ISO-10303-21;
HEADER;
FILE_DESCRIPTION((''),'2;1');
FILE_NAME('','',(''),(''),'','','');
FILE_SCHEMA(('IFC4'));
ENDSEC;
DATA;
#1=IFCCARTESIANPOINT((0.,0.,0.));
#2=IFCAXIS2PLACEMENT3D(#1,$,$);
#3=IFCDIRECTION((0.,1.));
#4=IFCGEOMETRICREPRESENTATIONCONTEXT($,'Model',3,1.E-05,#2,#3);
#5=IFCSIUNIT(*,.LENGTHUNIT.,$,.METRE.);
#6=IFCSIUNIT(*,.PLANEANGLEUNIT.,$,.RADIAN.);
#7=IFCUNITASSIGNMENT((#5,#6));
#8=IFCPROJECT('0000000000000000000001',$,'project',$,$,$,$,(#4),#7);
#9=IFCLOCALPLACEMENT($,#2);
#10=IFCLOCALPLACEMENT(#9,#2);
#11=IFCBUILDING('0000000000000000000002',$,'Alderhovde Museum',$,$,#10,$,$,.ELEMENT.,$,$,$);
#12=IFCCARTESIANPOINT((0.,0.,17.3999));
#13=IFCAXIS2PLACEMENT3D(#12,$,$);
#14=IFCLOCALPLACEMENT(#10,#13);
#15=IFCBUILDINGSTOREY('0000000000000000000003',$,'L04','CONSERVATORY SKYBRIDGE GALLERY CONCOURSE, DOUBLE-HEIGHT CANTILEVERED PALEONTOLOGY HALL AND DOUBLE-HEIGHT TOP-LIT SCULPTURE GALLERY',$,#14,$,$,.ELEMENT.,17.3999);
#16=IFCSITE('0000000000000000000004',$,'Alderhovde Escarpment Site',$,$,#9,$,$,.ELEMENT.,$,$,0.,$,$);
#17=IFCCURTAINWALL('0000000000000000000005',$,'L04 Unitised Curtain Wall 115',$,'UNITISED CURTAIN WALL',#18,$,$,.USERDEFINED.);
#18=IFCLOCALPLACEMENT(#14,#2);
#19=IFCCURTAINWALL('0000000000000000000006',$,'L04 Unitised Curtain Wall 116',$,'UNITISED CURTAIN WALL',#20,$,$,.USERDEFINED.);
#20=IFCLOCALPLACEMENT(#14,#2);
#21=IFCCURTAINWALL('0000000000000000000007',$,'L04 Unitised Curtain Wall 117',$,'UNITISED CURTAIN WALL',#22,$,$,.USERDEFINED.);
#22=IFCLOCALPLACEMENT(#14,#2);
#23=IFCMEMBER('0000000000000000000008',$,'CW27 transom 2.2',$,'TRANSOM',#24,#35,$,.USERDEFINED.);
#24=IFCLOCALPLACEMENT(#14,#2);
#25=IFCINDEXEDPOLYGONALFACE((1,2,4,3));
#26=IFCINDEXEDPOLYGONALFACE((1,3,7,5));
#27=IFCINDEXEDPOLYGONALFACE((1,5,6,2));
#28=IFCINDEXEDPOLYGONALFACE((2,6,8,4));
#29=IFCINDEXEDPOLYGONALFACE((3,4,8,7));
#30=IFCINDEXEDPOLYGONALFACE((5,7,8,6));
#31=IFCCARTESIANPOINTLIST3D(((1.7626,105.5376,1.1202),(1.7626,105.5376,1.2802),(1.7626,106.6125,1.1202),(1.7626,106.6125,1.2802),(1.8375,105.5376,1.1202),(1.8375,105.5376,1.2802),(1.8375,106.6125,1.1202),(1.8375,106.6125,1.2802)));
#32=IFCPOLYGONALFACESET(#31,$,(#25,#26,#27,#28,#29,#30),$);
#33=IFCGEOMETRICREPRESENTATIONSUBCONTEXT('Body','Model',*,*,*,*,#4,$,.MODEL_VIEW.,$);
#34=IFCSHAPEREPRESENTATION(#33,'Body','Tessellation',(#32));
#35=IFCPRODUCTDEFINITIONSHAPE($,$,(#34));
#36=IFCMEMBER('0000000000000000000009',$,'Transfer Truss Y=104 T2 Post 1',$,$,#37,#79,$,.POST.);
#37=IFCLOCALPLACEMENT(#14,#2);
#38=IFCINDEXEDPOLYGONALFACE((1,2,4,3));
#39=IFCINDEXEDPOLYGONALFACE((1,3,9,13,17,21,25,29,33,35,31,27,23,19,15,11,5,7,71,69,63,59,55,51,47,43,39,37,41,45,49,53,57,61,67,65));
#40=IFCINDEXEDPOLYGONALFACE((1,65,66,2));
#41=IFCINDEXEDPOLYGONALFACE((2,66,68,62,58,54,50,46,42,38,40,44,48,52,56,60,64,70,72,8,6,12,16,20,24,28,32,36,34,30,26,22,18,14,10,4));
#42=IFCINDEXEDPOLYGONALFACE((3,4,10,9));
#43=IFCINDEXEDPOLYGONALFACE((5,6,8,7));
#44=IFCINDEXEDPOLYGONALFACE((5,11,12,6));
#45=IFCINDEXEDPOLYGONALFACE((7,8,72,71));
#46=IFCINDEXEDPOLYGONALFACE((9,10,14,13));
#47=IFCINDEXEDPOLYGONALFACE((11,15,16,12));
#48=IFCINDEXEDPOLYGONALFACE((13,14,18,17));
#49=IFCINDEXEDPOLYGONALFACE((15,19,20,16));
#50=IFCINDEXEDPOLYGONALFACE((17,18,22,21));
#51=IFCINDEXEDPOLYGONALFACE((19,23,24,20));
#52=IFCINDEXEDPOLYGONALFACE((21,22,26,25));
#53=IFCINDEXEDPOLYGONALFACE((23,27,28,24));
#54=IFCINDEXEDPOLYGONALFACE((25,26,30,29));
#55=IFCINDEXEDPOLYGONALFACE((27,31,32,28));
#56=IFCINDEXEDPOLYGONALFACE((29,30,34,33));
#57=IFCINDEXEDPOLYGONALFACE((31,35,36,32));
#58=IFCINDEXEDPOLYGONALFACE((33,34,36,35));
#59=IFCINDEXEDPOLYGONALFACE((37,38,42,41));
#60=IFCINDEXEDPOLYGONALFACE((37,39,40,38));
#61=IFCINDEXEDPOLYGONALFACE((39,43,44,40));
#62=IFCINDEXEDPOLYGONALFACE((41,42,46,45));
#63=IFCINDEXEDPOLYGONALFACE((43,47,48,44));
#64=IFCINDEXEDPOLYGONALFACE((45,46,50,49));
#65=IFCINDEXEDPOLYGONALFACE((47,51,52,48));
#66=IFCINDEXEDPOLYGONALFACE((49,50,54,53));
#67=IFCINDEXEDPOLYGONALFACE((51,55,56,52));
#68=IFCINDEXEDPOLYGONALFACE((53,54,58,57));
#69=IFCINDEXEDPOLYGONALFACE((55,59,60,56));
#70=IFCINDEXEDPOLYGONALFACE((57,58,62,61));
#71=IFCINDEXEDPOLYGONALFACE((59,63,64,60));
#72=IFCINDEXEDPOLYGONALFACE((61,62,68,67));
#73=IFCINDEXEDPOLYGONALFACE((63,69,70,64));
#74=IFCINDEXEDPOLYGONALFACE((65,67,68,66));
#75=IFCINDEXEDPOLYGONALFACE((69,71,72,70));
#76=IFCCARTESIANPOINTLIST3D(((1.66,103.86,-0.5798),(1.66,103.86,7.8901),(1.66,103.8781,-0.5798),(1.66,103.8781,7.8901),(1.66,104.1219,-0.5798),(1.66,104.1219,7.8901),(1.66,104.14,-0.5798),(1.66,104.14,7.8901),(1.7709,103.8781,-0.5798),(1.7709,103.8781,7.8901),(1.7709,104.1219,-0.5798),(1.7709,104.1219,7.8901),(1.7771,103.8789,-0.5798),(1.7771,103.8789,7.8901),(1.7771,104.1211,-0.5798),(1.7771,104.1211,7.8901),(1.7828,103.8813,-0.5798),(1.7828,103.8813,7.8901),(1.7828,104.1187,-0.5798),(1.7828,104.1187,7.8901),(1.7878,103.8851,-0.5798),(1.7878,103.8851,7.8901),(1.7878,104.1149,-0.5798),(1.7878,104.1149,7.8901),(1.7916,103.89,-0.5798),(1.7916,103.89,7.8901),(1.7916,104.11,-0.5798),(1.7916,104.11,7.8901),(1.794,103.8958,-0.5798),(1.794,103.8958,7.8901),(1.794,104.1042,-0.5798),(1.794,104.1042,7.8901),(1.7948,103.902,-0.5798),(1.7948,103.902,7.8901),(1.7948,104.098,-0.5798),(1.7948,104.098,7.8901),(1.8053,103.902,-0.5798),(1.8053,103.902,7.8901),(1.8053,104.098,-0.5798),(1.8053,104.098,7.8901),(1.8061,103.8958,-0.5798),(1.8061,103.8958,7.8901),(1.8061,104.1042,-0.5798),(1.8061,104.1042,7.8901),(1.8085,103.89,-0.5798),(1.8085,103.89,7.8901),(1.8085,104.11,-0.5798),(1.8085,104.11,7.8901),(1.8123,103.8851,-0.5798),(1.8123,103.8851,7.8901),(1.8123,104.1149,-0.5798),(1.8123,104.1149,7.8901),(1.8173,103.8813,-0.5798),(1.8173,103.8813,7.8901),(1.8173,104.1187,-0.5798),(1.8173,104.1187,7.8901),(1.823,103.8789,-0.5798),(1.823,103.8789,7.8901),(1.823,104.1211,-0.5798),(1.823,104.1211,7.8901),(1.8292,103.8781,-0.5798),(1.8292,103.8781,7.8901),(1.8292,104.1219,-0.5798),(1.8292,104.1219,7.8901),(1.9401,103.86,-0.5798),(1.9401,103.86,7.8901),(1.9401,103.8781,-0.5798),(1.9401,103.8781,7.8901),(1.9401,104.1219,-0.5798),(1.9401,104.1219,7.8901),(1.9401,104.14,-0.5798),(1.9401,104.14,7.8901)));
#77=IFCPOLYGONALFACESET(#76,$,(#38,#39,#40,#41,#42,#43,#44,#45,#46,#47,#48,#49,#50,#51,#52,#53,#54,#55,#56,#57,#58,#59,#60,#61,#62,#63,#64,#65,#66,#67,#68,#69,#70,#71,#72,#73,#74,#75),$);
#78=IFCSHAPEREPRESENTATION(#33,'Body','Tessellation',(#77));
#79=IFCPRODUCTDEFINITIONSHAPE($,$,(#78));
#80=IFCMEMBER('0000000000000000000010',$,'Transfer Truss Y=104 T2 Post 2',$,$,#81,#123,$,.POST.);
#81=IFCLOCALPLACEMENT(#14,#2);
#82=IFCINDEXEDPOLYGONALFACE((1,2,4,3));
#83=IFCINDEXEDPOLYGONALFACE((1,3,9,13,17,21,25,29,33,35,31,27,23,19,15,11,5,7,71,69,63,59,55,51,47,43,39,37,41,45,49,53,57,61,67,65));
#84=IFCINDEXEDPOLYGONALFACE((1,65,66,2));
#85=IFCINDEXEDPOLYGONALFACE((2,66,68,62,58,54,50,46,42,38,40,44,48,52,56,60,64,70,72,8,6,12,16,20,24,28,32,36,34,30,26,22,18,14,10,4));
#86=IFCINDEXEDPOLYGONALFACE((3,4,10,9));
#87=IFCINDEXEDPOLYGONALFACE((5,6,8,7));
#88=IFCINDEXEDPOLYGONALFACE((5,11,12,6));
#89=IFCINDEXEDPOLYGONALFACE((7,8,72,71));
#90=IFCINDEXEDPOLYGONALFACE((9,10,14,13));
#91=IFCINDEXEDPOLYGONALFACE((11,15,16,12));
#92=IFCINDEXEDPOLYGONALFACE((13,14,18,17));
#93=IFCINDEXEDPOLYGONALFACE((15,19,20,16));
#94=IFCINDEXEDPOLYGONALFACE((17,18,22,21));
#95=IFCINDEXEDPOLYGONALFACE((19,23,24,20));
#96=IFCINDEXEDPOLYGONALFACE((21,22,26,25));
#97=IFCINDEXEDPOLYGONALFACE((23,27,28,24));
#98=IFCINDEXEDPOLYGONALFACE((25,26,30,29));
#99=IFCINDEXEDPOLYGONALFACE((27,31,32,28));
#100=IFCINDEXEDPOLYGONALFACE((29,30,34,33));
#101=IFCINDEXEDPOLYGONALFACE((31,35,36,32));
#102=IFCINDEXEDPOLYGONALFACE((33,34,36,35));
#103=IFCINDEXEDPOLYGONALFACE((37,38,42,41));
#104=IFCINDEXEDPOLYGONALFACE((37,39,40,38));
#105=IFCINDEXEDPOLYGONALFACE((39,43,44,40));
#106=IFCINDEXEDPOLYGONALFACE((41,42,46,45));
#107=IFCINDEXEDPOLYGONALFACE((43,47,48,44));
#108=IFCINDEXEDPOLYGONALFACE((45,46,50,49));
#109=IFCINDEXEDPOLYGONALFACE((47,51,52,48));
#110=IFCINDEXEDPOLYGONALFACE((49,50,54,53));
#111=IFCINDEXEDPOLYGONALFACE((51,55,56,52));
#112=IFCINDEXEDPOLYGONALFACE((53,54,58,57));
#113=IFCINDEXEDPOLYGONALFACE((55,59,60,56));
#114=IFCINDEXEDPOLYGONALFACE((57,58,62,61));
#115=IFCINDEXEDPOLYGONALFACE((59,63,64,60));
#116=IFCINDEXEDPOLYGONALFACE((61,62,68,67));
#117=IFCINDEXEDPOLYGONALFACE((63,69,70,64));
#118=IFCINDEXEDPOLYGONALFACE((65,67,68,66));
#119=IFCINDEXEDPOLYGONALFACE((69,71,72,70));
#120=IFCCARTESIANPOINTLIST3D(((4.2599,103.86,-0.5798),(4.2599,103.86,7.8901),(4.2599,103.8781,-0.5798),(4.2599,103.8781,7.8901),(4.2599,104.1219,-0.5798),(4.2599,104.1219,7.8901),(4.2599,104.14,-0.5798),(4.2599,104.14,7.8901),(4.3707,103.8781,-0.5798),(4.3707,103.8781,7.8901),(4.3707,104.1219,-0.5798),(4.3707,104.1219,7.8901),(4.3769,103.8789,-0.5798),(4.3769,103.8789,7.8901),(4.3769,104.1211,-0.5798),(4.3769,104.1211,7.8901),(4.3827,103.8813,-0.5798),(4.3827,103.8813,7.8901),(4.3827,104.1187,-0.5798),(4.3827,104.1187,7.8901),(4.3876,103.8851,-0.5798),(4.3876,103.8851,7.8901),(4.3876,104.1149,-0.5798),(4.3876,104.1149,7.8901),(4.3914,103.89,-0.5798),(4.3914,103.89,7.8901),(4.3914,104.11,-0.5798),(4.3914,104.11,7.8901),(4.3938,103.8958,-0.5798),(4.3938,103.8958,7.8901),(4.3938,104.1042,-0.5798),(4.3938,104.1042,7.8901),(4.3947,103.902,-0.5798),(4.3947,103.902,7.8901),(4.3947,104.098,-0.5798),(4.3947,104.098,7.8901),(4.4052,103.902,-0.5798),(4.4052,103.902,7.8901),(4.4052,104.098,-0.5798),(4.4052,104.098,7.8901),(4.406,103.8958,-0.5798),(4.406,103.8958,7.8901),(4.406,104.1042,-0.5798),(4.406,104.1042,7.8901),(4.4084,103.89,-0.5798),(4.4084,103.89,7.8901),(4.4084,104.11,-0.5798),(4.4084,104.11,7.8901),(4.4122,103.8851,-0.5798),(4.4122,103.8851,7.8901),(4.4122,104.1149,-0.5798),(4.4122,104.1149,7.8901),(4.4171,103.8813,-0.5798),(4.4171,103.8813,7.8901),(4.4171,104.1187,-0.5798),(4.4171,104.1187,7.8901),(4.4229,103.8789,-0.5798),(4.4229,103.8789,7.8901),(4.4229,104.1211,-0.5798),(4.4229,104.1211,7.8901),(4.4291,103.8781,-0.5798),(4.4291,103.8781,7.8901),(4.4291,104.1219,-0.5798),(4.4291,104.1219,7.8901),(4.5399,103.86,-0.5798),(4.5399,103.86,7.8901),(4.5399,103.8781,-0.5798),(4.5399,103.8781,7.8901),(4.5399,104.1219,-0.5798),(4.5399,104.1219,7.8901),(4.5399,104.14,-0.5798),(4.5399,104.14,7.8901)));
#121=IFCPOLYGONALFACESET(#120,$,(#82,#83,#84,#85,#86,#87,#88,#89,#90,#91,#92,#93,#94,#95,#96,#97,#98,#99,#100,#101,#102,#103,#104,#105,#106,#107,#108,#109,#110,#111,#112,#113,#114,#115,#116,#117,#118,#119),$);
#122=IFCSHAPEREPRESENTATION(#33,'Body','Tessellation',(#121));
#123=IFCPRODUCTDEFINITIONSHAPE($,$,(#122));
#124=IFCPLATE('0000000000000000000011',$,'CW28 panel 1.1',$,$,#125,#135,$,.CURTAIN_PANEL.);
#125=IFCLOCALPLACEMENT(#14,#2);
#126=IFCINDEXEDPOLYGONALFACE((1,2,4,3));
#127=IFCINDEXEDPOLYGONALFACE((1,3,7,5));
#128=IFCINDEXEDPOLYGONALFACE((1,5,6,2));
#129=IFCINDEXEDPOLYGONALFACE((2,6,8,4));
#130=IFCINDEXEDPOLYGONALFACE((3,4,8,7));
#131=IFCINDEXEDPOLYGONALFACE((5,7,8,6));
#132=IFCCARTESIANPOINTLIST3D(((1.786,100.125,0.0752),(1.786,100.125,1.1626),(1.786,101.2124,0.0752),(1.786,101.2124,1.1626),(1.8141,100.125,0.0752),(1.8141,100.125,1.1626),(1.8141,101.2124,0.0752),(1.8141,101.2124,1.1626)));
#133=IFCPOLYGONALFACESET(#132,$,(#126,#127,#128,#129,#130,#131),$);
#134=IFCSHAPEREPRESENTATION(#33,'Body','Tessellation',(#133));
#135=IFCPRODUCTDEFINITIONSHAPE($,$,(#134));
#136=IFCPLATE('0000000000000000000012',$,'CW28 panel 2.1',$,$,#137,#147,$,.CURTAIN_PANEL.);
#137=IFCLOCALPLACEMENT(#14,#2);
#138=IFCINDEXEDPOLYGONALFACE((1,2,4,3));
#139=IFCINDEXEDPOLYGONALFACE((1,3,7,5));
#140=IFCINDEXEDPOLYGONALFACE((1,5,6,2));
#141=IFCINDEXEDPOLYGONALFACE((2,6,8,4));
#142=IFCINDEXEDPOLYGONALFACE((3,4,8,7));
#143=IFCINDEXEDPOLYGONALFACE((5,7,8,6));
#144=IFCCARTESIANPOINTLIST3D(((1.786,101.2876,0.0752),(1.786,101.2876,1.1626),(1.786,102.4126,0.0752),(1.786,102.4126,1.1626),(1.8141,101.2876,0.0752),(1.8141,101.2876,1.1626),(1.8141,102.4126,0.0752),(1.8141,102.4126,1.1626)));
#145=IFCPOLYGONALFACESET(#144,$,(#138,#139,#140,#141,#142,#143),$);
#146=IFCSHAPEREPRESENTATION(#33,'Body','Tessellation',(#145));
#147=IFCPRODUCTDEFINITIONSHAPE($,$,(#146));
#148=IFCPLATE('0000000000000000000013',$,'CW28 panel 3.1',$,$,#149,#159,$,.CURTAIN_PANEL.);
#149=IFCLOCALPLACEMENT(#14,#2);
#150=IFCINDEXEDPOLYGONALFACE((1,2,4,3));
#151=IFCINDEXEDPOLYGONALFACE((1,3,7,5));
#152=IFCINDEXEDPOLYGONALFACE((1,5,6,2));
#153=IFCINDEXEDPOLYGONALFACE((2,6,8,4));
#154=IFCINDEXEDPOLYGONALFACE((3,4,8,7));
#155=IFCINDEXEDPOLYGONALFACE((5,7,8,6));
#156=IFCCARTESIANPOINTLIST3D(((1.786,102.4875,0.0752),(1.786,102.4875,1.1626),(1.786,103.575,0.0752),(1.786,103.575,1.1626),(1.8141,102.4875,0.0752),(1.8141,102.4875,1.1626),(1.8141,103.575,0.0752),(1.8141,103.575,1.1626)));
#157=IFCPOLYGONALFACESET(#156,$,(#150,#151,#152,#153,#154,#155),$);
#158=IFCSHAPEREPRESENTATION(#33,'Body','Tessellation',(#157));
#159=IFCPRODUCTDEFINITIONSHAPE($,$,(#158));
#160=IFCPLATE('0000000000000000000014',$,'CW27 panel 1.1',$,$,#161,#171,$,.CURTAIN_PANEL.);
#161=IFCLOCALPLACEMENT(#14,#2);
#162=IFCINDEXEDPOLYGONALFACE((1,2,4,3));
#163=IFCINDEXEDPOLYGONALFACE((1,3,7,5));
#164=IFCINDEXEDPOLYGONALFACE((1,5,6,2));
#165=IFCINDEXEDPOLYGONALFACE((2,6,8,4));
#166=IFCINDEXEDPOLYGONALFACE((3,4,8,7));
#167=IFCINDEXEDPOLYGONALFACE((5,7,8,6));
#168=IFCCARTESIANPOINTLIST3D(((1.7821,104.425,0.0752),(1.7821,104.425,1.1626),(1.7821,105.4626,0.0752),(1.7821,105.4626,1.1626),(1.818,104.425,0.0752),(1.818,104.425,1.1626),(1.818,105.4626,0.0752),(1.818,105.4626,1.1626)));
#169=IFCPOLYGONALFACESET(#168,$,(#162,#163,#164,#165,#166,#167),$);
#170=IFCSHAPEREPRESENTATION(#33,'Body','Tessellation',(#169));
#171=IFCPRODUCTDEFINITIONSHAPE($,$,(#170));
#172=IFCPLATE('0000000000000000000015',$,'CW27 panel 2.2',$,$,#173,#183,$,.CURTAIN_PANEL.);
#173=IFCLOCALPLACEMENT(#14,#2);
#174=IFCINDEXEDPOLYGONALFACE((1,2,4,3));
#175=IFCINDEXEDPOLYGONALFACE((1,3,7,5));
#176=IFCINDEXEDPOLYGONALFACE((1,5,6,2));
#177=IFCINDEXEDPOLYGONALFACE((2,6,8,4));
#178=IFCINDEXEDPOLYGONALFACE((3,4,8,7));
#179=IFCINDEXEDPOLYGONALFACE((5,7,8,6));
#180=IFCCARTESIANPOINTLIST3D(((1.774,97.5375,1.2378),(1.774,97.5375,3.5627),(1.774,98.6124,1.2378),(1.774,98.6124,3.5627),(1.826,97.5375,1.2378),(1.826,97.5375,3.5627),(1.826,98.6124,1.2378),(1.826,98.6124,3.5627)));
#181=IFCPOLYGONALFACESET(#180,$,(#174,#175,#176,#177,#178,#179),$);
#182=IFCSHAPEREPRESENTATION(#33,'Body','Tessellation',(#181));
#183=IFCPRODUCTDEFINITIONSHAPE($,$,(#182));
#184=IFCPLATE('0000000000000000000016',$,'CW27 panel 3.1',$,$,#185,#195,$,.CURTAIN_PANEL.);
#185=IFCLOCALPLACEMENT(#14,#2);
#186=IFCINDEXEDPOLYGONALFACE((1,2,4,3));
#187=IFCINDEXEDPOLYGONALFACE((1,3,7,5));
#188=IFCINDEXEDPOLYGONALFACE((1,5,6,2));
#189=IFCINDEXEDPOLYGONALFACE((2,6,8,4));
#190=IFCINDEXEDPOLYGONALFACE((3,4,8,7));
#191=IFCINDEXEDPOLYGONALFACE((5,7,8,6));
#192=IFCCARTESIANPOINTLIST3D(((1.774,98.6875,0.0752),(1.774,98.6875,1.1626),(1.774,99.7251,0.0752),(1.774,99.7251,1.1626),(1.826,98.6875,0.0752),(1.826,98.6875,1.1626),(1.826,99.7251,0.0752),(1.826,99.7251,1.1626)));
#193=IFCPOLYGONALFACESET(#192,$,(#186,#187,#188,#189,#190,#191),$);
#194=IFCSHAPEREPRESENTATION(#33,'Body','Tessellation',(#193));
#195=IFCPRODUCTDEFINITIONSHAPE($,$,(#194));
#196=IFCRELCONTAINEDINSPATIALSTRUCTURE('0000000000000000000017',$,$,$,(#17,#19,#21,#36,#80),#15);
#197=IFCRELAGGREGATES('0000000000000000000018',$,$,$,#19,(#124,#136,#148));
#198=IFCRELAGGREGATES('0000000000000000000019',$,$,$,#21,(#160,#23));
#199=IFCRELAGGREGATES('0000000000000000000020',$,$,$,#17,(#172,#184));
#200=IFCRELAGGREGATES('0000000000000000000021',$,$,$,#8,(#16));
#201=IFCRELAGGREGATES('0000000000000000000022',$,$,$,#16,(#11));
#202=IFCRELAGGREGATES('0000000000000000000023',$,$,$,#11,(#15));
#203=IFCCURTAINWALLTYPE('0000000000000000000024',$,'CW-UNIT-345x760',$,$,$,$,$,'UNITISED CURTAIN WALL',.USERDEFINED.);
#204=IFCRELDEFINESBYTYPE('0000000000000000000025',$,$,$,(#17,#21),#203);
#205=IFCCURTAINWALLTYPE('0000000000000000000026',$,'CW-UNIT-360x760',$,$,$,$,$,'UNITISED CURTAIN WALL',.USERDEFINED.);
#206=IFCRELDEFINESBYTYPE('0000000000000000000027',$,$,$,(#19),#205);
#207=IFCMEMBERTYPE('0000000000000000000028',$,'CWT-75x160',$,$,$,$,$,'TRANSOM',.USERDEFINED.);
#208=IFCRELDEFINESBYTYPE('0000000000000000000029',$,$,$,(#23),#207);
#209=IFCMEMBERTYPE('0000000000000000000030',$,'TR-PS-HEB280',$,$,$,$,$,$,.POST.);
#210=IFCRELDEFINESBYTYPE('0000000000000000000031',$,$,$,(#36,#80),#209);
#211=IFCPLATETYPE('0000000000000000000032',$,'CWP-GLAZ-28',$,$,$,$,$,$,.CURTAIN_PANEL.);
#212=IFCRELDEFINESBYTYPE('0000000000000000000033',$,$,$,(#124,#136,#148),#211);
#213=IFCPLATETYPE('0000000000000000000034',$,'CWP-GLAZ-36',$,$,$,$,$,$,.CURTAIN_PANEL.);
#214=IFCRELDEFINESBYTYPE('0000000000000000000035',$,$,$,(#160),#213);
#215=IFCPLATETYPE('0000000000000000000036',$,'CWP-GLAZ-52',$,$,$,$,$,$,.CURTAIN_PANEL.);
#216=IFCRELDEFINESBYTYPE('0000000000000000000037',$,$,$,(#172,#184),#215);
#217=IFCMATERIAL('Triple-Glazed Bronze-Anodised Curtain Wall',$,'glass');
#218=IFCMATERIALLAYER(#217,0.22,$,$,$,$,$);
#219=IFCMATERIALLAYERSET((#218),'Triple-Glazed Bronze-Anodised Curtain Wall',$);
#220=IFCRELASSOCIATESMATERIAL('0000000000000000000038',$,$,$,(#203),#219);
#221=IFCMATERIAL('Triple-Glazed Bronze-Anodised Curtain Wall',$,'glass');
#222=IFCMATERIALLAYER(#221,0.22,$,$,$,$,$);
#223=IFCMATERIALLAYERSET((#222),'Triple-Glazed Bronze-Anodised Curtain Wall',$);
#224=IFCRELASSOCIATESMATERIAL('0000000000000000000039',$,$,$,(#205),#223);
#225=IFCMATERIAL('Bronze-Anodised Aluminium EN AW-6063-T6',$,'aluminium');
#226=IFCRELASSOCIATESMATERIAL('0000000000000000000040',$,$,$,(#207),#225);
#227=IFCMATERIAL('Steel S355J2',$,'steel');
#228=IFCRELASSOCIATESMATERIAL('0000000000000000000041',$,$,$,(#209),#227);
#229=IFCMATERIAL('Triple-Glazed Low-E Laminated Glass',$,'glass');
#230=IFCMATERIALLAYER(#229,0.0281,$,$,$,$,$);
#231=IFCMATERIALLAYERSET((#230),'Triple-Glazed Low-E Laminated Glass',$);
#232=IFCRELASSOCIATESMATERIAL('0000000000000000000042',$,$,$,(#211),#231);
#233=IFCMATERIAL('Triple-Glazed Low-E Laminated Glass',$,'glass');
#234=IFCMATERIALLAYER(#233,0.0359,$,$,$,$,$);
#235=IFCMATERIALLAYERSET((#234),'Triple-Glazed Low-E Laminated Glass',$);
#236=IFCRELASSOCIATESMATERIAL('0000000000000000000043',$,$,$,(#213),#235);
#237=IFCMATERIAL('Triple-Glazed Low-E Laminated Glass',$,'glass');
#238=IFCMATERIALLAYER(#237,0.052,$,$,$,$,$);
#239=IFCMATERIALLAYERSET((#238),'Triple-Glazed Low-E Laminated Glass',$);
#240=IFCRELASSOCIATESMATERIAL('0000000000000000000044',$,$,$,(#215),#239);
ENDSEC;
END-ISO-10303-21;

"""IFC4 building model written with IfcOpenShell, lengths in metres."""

from ifc_helpers import new_model, si_unit, direction, frame, origin, origin_2d, place, context, subcontext, project, spatial, rectangle, i_section, extrude, material, layer, layer_set, material_profile, profile_set, type_object, element, aggregate, save


model = new_model("IFC4")

# Units and contexts
model_context = context("Model", 3, precision=1e-05, world=origin(), true_north=direction((0.0, 1.0)))
body_context = subcontext(model_context, "Body", "Model", "MODEL_VIEW")
ifc_project = project(units=[si_unit("LENGTHUNIT", "METRE"), si_unit("PLANEANGLEUNIT", "RADIAN")], contexts=[model_context])

# Site, building, storey
site_placement = place(None, origin())
site = spatial("IfcSite", under=ifc_project, at=site_placement, Name="Alderhovde Escarpment Site", CompositionType="ELEMENT", RefElevation=0.0)
building_placement = place(site_placement, origin())
building = spatial("IfcBuilding", under=site, at=building_placement, Name="Alderhovde Museum", CompositionType="ELEMENT")
storey_placement = place(building_placement, frame((0.0, 0.0, 17.3999)))
storey = spatial("IfcBuildingStorey", under=building, at=storey_placement, Name="L04", Description="CONSERVATORY SKYBRIDGE GALLERY CONCOURSE, DOUBLE-HEIGHT CANTILEVERED PALEONTOLOGY HALL AND DOUBLE-HEIGHT TOP-LIT SCULPTURE GALLERY", CompositionType="ELEMENT", Elevation=17.3999)

# Curtain walls
ifc_material_1 = material(Name="Triple-Glazed Bronze-Anodised Curtain Wall", Category="glass")
ifc_layer_1 = layer(ifc_material_1, 0.22)
ifc_layer_set_1 = layer_set([ifc_layer_1], Name="Triple-Glazed Bronze-Anodised Curtain Wall")
curtain_wall_type_1 = type_object("IfcCurtainWallType", Name="CW-UNIT-345x760", ElementType="UNITISED CURTAIN WALL", PredefinedType="USERDEFINED", material=ifc_layer_set_1)
curtain_wall_1_placement = place(storey_placement, origin())
curtain_wall_1 = element("IfcCurtainWall", 1, at=curtain_wall_1_placement, inside=storey, type_object=curtain_wall_type_1, Name="L04 Unitised Curtain Wall 115", ObjectType="UNITISED CURTAIN WALL", PredefinedType="USERDEFINED")
ifc_material_2 = material(Name="Triple-Glazed Bronze-Anodised Curtain Wall", Category="glass")
ifc_layer_2 = layer(ifc_material_2, 0.22)
ifc_layer_set_2 = layer_set([ifc_layer_2], Name="Triple-Glazed Bronze-Anodised Curtain Wall")
curtain_wall_type_2 = type_object("IfcCurtainWallType", Name="CW-UNIT-360x760", ElementType="UNITISED CURTAIN WALL", PredefinedType="USERDEFINED", material=ifc_layer_set_2)
curtain_wall_2_placement = place(storey_placement, origin())
curtain_wall_2 = element("IfcCurtainWall", 2, at=curtain_wall_2_placement, inside=storey, type_object=curtain_wall_type_2, Name="L04 Unitised Curtain Wall 116", ObjectType="UNITISED CURTAIN WALL", PredefinedType="USERDEFINED")
curtain_wall_3_placement = place(storey_placement, origin())
curtain_wall_3 = element("IfcCurtainWall", 3, at=curtain_wall_3_placement, inside=storey, type_object=curtain_wall_type_1, Name="L04 Unitised Curtain Wall 117", ObjectType="UNITISED CURTAIN WALL", PredefinedType="USERDEFINED")

# Member
ifc_material_3 = material(Name="Bronze-Anodised Aluminium EN AW-6063-T6", Category="aluminium")
ifc_material_profile_1 = material_profile(ifc_material_3, rectangle(XDim=0.075, YDim=0.1599, at=origin_2d()), Name="TRANSOM 75x160")
ifc_profile_set_1 = profile_set([ifc_material_profile_1], Name="Bronze-Anodised Aluminium EN AW-6063-T6")
member_type_1 = type_object("IfcMemberType", Name="CWT-75x160", ElementType="TRANSOM", PredefinedType="USERDEFINED", material=ifc_profile_set_1)
member_1_placement = place(storey_placement, frame((1.8, 105.5376, 1.2002), z_axis=(0.0, 1.0, 0.0), x_axis=(-1.0, 0.0, 0.0)))
member_1 = element("IfcMember", 4, at=member_1_placement, type_object=member_type_1, Name="CW27 transom 2.2", ObjectType="TRANSOM", PredefinedType="USERDEFINED", context=body_context, shape_type="SweptSolid", body=[
    extrude(rectangle(XDim=0.075, YDim=0.1599, at=origin_2d()), origin(), (0.0, 0.0, 1.0), 1.075),
])

# Members
ifc_material_4 = material(Name="Steel S355J2", Category="steel")
ifc_material_profile_2 = material_profile(ifc_material_4, i_section(OverallWidth=0.28, OverallDepth=0.28, WebThickness=0.0105, FlangeThickness=0.0181, FilletRadius=0.0239, at=origin_2d()), Name="HEB 280")
ifc_profile_set_2 = profile_set([ifc_material_profile_2], Name="Steel S355J2")
member_type_2 = type_object("IfcMemberType", Name="TR-PS-HEB280", PredefinedType="POST", material=ifc_profile_set_2)
for number, where, z_axis, x_axis, name in (
    (5, (1.8, 104.0, -0.5798), (0.0, 0.0, 1.0), (1.0, 0.0, 0.0), "Transfer Truss Y=104 T2 Post 1"),
    (6, (4.3999, 104.0, -0.5798), (0.0, 0.0, 1.0), (1.0, 0.0, 0.0), "Transfer Truss Y=104 T2 Post 2"),
):
    element("IfcMember", number, at=place(storey_placement, frame(where, z_axis=z_axis, x_axis=x_axis)), inside=storey, type_object=member_type_2, Name=name, PredefinedType="POST", context=body_context, shape_type="SweptSolid", body=[
        extrude(i_section(OverallWidth=0.28, OverallDepth=0.28, WebThickness=0.0105, FlangeThickness=0.0181, FilletRadius=0.0239, at=origin_2d()), origin(), (0.0, 0.0, 1.0), 8.47),
    ])

# Plates
ifc_material_5 = material(Name="Triple-Glazed Low-E Laminated Glass", Category="glass")
ifc_layer_3 = layer(ifc_material_5, 0.0281)
ifc_layer_set_3 = layer_set([ifc_layer_3], Name="Triple-Glazed Low-E Laminated Glass")
plate_type_1 = type_object("IfcPlateType", Name="CWP-GLAZ-28", PredefinedType="CURTAIN_PANEL", material=ifc_layer_set_3)
plate_1_placement = place(storey_placement, frame((1.8, 100.6687, 0.0752), z_axis=(0.0, 0.0, 1.0), x_axis=(0.0, 1.0, 0.0)))
plate_1 = element("IfcPlate", 7, at=plate_1_placement, type_object=plate_type_1, Name="CW28 panel 1.1", PredefinedType="CURTAIN_PANEL", context=body_context, shape_type="SweptSolid", body=[
    extrude(rectangle(XDim=1.0874, YDim=0.0281, at=origin_2d()), origin(), (0.0, 0.0, 1.0), 1.0874),
])
plate_2_placement = place(storey_placement, frame((1.8, 101.8501, 0.0752), z_axis=(0.0, 0.0, 1.0), x_axis=(0.0, 1.0, 0.0)))
plate_2 = element("IfcPlate", 8, at=plate_2_placement, type_object=plate_type_1, Name="CW28 panel 2.1", PredefinedType="CURTAIN_PANEL", context=body_context, shape_type="SweptSolid", body=[
    extrude(rectangle(XDim=1.125, YDim=0.0281, at=origin_2d()), origin(), (0.0, 0.0, 1.0), 1.0874),
])
plate_3_placement = place(storey_placement, frame((1.8, 103.0312, 0.0752), z_axis=(0.0, 0.0, 1.0), x_axis=(0.0, 1.0, 0.0)))
plate_3 = element("IfcPlate", 9, at=plate_3_placement, type_object=plate_type_1, Name="CW28 panel 3.1", PredefinedType="CURTAIN_PANEL", context=body_context, shape_type="SweptSolid", body=[
    extrude(rectangle(XDim=1.0874, YDim=0.0281, at=origin_2d()), origin(), (0.0, 0.0, 1.0), 1.0874),
])
aggregate(curtain_wall_2, [plate_1, plate_2, plate_3])
ifc_material_6 = material(Name="Triple-Glazed Low-E Laminated Glass", Category="glass")
ifc_layer_4 = layer(ifc_material_6, 0.0359)
ifc_layer_set_4 = layer_set([ifc_layer_4], Name="Triple-Glazed Low-E Laminated Glass")
plate_type_2 = type_object("IfcPlateType", Name="CWP-GLAZ-36", PredefinedType="CURTAIN_PANEL", material=ifc_layer_set_4)
plate_4_placement = place(storey_placement, frame((1.8, 104.9438, 0.0752), z_axis=(0.0, 0.0, 1.0), x_axis=(0.0, 1.0, 0.0)))
plate_4 = element("IfcPlate", 10, at=plate_4_placement, type_object=plate_type_2, Name="CW27 panel 1.1", PredefinedType="CURTAIN_PANEL", context=body_context, shape_type="SweptSolid", body=[
    extrude(rectangle(XDim=1.0376, YDim=0.0359, at=origin_2d()), origin(), (0.0, 0.0, 1.0), 1.0874),
])
aggregate(curtain_wall_3, [plate_4, member_1])
ifc_material_7 = material(Name="Triple-Glazed Low-E Laminated Glass", Category="glass")
ifc_layer_5 = layer(ifc_material_7, 0.052)
ifc_layer_set_5 = layer_set([ifc_layer_5], Name="Triple-Glazed Low-E Laminated Glass")
plate_type_3 = type_object("IfcPlateType", Name="CWP-GLAZ-52", PredefinedType="CURTAIN_PANEL", material=ifc_layer_set_5)
plate_5_placement = place(storey_placement, frame((1.8, 98.075, 1.2378), z_axis=(0.0, 0.0, 1.0), x_axis=(0.0, 1.0, 0.0)))
plate_5 = element("IfcPlate", 11, at=plate_5_placement, type_object=plate_type_3, Name="CW27 panel 2.2", PredefinedType="CURTAIN_PANEL", context=body_context, shape_type="SweptSolid", body=[
    extrude(rectangle(XDim=1.075, YDim=0.052, at=origin_2d()), origin(), (0.0, 0.0, 1.0), 2.325),
])
plate_6_placement = place(storey_placement, frame((1.8, 99.2063, 0.0752), z_axis=(0.0, 0.0, 1.0), x_axis=(0.0, 1.0, 0.0)))
plate_6 = element("IfcPlate", 12, at=plate_6_placement, type_object=plate_type_3, Name="CW27 panel 3.1", PredefinedType="CURTAIN_PANEL", context=body_context, shape_type="SweptSolid", body=[
    extrude(rectangle(XDim=1.0376, YDim=0.052, at=origin_2d()), origin(), (0.0, 0.0, 1.0), 1.0874),
])
aggregate(curtain_wall_1, [plate_5, plate_6])

save(model, "model.ifc")
